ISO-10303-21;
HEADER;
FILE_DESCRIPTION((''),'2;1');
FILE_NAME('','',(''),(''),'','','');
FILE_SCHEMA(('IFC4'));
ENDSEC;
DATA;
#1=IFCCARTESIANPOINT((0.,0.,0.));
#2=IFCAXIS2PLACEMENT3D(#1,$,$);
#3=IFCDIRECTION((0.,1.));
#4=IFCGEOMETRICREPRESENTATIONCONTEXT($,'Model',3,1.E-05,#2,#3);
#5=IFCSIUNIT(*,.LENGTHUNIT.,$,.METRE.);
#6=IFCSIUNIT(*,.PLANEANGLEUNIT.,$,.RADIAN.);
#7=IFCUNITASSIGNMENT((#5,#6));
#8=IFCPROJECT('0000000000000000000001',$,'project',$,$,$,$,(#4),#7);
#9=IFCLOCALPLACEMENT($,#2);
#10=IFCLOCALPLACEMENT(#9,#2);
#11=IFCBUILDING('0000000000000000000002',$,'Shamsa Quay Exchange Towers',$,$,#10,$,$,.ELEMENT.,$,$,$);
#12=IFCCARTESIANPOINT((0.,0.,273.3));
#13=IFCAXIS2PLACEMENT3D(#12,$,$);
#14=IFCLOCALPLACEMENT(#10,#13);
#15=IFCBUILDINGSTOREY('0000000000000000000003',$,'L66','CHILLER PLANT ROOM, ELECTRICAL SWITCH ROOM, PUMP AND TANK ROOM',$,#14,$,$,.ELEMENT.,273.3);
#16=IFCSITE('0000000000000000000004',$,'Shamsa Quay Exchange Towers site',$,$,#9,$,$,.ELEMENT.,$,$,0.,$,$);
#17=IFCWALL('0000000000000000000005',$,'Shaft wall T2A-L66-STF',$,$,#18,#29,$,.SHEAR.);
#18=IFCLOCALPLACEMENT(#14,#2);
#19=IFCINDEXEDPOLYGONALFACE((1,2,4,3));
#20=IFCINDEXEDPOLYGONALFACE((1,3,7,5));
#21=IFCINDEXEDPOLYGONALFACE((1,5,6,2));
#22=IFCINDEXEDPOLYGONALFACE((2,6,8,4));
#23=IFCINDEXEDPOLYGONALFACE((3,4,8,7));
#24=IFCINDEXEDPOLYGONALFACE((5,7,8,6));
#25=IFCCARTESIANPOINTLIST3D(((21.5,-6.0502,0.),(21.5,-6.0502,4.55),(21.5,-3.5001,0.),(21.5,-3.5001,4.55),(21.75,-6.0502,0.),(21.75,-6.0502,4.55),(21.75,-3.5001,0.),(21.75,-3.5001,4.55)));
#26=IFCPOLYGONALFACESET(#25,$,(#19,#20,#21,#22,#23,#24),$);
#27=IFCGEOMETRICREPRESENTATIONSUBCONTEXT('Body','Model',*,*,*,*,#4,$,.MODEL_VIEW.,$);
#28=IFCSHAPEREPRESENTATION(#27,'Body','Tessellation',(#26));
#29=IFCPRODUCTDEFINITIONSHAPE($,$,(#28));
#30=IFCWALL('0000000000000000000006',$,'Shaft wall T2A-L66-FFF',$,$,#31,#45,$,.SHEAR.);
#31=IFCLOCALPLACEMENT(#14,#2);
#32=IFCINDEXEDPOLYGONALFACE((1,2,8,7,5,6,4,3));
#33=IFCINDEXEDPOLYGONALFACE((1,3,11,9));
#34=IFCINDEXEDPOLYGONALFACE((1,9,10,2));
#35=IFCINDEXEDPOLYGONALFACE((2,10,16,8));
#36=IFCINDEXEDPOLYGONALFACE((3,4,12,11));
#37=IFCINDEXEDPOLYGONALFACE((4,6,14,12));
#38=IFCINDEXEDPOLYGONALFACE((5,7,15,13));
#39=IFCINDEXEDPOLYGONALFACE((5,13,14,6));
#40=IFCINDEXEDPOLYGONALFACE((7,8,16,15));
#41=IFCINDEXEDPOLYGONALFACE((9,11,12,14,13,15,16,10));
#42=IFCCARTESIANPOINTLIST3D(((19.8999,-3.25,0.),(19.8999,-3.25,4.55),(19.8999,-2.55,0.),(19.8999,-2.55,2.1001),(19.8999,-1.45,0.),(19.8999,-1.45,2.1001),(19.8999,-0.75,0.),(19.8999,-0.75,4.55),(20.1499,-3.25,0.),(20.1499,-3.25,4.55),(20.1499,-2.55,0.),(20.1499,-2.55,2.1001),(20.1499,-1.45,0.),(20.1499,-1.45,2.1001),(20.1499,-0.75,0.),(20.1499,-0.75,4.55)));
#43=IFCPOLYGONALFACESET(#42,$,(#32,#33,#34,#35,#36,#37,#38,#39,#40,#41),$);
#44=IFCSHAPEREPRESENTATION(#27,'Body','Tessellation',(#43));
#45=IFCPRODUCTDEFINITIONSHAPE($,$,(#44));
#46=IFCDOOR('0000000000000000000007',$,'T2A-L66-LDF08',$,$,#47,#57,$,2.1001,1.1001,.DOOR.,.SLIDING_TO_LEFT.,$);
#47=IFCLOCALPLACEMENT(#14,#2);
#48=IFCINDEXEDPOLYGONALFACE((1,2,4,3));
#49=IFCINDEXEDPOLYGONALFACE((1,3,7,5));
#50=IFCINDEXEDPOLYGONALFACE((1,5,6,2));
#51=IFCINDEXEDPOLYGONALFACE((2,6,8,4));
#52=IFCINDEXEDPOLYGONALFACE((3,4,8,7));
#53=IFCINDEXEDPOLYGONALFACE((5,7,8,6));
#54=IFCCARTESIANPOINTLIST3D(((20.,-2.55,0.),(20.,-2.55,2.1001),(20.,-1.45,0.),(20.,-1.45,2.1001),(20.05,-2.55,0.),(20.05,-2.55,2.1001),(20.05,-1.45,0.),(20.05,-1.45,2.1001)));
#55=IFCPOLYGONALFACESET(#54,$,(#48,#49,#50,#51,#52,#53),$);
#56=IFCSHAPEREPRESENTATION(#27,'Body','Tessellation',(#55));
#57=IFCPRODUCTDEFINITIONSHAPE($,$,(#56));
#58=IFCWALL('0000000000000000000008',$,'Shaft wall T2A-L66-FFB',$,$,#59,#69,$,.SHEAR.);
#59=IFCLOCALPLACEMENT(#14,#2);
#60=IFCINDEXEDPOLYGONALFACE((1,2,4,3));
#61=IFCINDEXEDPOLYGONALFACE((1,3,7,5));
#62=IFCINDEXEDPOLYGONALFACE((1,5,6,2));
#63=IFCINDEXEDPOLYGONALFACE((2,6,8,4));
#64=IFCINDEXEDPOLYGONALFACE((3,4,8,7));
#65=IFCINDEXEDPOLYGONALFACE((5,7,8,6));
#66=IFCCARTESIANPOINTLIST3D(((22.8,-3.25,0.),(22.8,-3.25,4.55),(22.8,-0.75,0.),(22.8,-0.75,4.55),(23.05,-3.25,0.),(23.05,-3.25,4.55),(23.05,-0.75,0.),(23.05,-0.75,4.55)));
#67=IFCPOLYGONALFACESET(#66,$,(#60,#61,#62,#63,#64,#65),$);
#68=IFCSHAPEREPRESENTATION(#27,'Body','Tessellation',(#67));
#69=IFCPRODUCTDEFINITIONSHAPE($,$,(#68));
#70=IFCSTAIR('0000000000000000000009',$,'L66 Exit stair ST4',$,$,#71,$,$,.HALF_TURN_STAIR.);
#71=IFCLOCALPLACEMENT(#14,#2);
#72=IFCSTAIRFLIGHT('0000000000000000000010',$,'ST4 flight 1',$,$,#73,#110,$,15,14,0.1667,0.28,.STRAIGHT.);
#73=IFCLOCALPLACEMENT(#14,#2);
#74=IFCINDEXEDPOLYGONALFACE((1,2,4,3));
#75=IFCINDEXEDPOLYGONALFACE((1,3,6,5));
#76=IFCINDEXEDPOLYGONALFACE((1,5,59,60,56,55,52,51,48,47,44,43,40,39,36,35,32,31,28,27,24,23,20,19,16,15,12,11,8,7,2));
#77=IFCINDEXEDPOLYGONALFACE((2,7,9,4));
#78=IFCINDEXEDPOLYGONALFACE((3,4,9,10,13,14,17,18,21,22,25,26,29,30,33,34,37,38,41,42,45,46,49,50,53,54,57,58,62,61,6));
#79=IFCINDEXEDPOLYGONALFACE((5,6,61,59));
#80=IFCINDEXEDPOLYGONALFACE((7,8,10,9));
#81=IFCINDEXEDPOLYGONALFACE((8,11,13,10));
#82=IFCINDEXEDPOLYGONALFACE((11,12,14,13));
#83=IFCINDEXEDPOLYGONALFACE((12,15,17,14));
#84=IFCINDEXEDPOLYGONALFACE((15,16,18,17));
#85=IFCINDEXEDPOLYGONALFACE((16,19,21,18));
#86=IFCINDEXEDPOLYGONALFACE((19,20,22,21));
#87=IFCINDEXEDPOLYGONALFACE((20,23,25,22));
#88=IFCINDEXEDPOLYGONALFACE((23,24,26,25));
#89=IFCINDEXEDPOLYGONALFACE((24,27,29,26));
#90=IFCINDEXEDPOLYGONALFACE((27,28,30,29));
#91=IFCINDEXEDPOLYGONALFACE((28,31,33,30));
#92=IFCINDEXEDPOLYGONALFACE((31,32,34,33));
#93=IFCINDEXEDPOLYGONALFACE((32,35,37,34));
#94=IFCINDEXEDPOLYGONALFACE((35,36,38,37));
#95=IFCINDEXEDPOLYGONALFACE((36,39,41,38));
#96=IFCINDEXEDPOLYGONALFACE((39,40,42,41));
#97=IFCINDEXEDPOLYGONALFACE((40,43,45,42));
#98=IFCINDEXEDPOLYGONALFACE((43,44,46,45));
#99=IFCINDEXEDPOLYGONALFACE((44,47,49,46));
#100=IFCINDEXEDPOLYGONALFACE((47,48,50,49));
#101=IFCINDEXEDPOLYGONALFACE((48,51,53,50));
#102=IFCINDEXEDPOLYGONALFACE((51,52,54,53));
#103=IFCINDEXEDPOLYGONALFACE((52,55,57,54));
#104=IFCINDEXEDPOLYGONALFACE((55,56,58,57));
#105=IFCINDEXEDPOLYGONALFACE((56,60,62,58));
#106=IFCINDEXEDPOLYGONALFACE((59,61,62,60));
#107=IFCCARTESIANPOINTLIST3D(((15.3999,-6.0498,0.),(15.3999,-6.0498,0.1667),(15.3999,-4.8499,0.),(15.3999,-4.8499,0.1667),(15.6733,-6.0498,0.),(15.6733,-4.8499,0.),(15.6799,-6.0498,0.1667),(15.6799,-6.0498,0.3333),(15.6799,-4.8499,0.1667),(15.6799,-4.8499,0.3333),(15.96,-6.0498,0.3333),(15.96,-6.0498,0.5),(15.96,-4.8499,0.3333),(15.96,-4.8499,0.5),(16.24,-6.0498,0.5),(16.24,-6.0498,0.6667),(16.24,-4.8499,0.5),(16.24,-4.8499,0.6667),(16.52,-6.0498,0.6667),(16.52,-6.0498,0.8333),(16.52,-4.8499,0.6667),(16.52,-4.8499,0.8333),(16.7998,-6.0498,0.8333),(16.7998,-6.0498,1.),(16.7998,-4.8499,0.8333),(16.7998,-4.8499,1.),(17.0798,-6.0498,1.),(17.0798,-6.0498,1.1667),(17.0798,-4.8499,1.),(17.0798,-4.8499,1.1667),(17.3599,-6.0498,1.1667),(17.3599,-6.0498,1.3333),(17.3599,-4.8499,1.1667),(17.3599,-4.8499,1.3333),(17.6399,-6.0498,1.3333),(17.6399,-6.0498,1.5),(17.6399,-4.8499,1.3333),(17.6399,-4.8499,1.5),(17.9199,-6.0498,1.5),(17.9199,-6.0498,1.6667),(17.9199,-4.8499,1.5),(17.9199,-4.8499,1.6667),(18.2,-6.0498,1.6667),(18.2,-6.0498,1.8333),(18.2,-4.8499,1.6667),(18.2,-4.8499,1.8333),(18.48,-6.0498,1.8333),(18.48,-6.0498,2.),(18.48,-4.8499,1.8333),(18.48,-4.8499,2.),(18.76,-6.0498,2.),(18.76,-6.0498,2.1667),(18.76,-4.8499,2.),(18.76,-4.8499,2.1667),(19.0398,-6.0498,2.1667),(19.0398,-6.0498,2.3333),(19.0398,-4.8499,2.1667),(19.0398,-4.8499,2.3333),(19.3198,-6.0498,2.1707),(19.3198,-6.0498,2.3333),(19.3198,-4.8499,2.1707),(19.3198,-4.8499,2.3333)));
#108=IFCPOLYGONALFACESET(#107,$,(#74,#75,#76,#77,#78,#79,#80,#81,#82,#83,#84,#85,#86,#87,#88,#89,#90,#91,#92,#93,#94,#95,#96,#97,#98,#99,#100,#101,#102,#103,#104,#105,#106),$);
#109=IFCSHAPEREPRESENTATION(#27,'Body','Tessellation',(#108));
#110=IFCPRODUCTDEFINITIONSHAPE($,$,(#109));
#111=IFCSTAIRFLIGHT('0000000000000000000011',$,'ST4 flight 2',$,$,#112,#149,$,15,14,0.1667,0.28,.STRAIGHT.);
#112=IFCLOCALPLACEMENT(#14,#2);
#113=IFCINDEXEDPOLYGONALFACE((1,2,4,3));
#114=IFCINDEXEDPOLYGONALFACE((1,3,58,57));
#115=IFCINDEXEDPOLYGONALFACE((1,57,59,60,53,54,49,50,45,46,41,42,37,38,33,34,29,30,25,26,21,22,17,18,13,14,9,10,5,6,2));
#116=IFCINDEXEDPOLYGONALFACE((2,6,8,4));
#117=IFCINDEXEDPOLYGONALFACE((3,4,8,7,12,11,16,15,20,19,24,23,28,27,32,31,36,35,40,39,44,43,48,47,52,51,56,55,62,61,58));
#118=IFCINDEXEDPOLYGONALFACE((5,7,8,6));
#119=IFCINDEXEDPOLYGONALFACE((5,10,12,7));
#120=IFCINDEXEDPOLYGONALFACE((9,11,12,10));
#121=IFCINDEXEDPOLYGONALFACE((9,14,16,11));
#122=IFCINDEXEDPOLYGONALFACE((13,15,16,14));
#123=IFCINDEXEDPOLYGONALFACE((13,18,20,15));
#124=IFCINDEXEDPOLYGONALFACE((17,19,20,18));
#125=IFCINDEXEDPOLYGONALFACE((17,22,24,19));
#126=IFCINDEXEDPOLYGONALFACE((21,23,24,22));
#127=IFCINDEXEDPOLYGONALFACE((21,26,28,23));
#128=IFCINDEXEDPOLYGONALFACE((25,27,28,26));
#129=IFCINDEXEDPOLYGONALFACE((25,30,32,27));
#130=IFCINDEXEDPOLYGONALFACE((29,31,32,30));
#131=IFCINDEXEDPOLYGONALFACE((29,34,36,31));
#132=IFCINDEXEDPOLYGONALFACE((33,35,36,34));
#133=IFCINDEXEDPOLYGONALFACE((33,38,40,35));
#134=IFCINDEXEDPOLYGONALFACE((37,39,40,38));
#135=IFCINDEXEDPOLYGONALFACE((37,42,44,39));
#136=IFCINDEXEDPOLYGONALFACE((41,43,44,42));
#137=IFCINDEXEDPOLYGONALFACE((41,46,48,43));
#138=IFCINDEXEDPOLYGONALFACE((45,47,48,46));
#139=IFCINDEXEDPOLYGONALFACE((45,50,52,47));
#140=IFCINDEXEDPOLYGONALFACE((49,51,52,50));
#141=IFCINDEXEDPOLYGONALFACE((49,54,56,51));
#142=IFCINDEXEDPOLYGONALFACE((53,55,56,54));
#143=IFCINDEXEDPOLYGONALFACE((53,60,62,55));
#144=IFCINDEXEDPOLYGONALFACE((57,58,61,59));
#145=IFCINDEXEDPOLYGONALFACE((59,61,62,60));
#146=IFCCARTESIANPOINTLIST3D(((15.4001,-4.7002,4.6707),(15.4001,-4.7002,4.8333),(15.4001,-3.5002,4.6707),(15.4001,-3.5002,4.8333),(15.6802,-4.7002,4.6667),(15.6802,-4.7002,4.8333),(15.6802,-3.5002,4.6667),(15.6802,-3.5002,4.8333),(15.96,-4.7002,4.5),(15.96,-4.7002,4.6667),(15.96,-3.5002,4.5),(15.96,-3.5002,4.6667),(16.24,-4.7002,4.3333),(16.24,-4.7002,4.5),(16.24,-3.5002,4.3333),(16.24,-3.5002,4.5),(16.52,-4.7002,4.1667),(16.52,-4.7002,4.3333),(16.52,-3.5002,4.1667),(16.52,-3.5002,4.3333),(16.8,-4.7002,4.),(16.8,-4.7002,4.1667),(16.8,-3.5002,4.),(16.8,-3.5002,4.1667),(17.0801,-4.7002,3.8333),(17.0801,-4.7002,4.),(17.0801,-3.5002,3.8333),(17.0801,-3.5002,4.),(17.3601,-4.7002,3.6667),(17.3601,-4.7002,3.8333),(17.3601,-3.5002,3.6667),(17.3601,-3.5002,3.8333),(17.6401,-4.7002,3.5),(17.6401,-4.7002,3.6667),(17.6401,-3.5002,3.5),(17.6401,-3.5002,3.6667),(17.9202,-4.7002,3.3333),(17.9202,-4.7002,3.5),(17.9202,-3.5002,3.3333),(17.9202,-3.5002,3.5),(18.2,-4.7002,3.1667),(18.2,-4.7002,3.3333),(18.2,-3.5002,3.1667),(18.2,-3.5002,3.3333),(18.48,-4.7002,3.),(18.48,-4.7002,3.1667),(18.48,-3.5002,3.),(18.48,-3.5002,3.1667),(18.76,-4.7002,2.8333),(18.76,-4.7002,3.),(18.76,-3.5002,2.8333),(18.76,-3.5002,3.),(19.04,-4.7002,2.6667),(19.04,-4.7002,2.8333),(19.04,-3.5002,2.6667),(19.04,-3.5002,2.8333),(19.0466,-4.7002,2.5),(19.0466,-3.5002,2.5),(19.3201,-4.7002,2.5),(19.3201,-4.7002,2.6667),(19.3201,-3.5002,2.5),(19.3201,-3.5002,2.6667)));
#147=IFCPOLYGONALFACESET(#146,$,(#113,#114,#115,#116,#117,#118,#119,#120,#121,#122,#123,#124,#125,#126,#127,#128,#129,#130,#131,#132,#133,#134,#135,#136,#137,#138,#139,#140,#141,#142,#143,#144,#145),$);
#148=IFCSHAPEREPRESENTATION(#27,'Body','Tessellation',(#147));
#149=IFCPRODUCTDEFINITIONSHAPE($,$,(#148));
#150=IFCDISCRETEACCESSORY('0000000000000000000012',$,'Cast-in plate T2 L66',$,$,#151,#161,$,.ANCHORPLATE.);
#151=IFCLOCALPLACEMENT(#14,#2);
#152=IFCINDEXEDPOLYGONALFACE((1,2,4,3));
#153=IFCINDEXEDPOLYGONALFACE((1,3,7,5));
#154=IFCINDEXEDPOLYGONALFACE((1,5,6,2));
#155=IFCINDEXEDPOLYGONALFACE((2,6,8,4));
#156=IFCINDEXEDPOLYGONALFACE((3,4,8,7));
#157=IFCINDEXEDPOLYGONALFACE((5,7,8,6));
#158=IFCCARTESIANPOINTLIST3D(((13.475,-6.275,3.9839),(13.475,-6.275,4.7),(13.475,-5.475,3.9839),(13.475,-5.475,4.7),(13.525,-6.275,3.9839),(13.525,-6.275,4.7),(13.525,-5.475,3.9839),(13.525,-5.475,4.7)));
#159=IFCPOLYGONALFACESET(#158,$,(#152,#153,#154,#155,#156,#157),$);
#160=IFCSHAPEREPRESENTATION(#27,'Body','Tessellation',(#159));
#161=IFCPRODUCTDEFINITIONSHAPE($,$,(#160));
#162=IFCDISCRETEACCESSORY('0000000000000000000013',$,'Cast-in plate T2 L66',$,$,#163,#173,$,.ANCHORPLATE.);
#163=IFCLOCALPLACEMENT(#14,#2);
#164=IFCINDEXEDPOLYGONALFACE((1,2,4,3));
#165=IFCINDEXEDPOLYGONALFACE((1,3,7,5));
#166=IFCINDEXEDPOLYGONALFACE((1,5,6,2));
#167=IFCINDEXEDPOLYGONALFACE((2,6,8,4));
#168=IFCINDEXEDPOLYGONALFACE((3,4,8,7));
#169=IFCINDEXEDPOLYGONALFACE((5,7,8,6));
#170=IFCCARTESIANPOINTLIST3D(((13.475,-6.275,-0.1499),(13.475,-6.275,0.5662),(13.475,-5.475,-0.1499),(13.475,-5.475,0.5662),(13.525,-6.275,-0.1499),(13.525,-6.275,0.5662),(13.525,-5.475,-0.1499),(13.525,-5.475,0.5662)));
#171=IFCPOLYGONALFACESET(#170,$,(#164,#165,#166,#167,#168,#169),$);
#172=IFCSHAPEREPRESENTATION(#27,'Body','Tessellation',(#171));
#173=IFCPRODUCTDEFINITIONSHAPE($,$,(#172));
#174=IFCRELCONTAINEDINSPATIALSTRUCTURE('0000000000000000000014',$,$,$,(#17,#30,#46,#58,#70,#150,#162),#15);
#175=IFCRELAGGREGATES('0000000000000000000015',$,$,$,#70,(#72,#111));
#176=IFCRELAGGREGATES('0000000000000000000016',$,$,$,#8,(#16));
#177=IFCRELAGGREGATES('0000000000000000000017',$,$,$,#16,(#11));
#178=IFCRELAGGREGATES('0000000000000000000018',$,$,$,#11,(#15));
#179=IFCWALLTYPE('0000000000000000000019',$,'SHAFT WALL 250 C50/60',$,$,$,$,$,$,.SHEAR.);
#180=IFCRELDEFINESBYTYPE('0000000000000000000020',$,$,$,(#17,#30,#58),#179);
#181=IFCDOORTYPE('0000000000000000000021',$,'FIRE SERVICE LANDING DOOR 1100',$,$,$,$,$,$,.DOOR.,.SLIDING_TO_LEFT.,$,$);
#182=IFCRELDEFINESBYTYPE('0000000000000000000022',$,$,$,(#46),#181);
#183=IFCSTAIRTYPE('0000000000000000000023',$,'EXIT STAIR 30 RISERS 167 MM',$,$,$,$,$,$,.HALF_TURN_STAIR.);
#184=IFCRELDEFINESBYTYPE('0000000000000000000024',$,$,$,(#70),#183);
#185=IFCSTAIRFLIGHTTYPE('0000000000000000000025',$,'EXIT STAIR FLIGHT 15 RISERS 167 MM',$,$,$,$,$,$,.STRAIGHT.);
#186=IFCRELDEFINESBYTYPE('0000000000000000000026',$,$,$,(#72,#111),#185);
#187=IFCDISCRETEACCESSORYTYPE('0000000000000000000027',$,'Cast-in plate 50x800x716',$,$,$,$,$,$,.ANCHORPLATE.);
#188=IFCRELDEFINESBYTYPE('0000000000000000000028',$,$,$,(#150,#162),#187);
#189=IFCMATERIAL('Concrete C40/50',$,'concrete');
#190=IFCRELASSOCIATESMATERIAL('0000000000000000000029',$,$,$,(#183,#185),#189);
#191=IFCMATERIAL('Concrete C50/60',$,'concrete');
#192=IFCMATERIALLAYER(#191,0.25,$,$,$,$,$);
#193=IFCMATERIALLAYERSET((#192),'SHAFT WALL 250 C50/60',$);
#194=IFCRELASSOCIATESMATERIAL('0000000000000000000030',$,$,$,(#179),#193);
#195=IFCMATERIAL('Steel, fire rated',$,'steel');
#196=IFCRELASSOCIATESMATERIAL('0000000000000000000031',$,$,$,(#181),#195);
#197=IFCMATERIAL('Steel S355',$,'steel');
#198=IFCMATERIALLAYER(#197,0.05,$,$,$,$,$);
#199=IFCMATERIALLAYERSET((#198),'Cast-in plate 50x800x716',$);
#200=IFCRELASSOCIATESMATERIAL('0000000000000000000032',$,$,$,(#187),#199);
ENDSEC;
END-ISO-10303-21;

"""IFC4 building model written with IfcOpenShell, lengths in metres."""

from ifc_helpers import new_model, si_unit, direction, frame, frame_2d, origin, origin_2d, place, context, subcontext, project, spatial, polyline, rectangle, outline, extrude, material, layer, layer_set, type_object, element, fill, aggregate, save


model = new_model("IFC4")

# Units and contexts
model_context = context("Model", 3, precision=1e-05, world=origin(), true_north=direction((0.0, 1.0)))
body_context = subcontext(model_context, "Body", "Model", "MODEL_VIEW")
ifc_project = project(units=[si_unit("LENGTHUNIT", "METRE"), si_unit("PLANEANGLEUNIT", "RADIAN")], contexts=[model_context])

# Site, building, storey
site_placement = place(None, origin())
site = spatial("IfcSite", under=ifc_project, at=site_placement, Name="Shamsa Quay Exchange Towers site", CompositionType="ELEMENT", RefElevation=0.0)
building_placement = place(site_placement, origin())
building = spatial("IfcBuilding", under=site, at=building_placement, Name="Shamsa Quay Exchange Towers", CompositionType="ELEMENT")
storey_placement = place(building_placement, frame((0.0, 0.0, 273.3)))
storey = spatial("IfcBuildingStorey", under=building, at=storey_placement, Name="L66", Description="CHILLER PLANT ROOM, ELECTRICAL SWITCH ROOM, PUMP AND TANK ROOM", CompositionType="ELEMENT", Elevation=273.3)

# Shared definitions
ifc_material_1 = material(Name="Steel S355", Category="steel")

# Shared definitions
ifc_material_2 = material(Name="Concrete C50/60", Category="concrete")

# Shared definitions
ifc_material_3 = material(Name="Concrete C40/50", Category="concrete")
stair_type = type_object("IfcStairType", Name="EXIT STAIR 30 RISERS 167 MM", PredefinedType="HALF_TURN_STAIR", material=ifc_material_3)

# Wall
ifc_layer_1 = layer(ifc_material_2, 0.25)
ifc_layer_set_1 = layer_set([ifc_layer_1], Name="SHAFT WALL 250 C50/60")
wall_type_1 = type_object("IfcWallType", Name="SHAFT WALL 250 C50/60", PredefinedType="SHEAR", material=ifc_layer_set_1)
wall_1_placement = place(storey_placement, frame((21.625, -6.05, 0.0), z_axis=(0.0, 0.0, 1.0), x_axis=(0.0, 1.0, 0.0)))
element("IfcWall", 1, at=wall_1_placement, inside=storey, type_object=wall_type_1, Name="Shaft wall T2A-L66-STF", PredefinedType="SHEAR", context=body_context, shape_type="SweptSolid", body=[
    extrude(rectangle(XDim=2.55, YDim=0.25, at=frame_2d((1.2749, 0.0))), origin(), (0.0, 0.0, 1.0), 4.55),
])

# Wall, opening, door
wall_2_placement = place(storey_placement, frame((20.0249, -3.25, 0.0), z_axis=(0.0, 0.0, 1.0), x_axis=(0.0, 1.0, 0.0)))
wall_2 = element("IfcWall", 2, at=wall_2_placement, inside=storey, type_object=wall_type_1, Name="Shaft wall T2A-L66-FFF", PredefinedType="SHEAR", context=body_context, shape_type="SweptSolid", body=[
    extrude(rectangle(XDim=2.5, YDim=0.25, at=frame_2d((1.25, 0.0))), origin(), (0.0, 0.0, 1.0), 4.55),
])
opening_placement = place(wall_2_placement, frame((0.7, 0.0, 0.0)))
opening = element("IfcOpeningElement", 3, at=opening_placement, cuts=wall_2, PredefinedType="OPENING", context=body_context, shape_type="SweptSolid", body=[
    extrude(rectangle(XDim=1.1001, YDim=2.1001, at=frame_2d((0.55, 1.05))), frame((0.0, 0.135, 0.0), z_axis=(0.0, -1.0, 0.0), x_axis=(1.0, 0.0, 0.0)), (0.0, 0.0, 1.0), 0.27),
])
ifc_material_4 = material(Name="Steel, fire rated", Category="steel")
door_type = type_object("IfcDoorType", Name="FIRE SERVICE LANDING DOOR 1100", OperationType="SLIDING_TO_LEFT", PredefinedType="DOOR", material=ifc_material_4)
door_placement = place(opening_placement, origin())
door = element("IfcDoor", 4, at=door_placement, inside=storey, type_object=door_type, Name="T2A-L66-LDF08", OperationType="SLIDING_TO_LEFT", OverallHeight=2.1001, OverallWidth=1.1001, PredefinedType="DOOR", context=body_context, shape_type="SweptSolid", body=[
    extrude(rectangle(XDim=1.1001, YDim=2.1001, at=frame_2d((0.55, 1.05))), frame((0.0, 0.0249, 0.0), z_axis=(0.0, -1.0, 0.0), x_axis=(1.0, 0.0, 0.0)), (0.0, 0.0, 1.0), 0.05),
])
fill(opening, door)

# Wall
wall_3_placement = place(storey_placement, frame((22.925, -3.25, 0.0), z_axis=(0.0, 0.0, 1.0), x_axis=(0.0, 1.0, 0.0)))
element("IfcWall", 5, at=wall_3_placement, inside=storey, type_object=wall_type_1, Name="Shaft wall T2A-L66-FFB", PredefinedType="SHEAR", context=body_context, shape_type="SweptSolid", body=[
    extrude(rectangle(XDim=2.5, YDim=0.25, at=frame_2d((1.25, 0.0))), origin(), (0.0, 0.0, 1.0), 4.55),
])

# Stair, stair flights
stair_1_placement = place(storey_placement, origin())
stair_1 = element("IfcStair", 6, at=stair_1_placement, inside=storey, type_object=stair_type, Name="L66 Exit stair ST4", PredefinedType="HALF_TURN_STAIR")
stair_flight_type = type_object("IfcStairFlightType", Name="EXIT STAIR FLIGHT 15 RISERS 167 MM", PredefinedType="STRAIGHT", material=ifc_material_3)
stair_flight_1_placement = place(storey_placement, frame((15.3999, -5.45, 0.0)))
stair_flight_1 = element("IfcStairFlight", 7, at=stair_flight_1_placement, type_object=stair_flight_type, Name="ST4 flight 1", NumberOfRisers=15, NumberOfTreads=14, PredefinedType="STRAIGHT", RiserHeight=0.1667, TreadLength=0.28, context=body_context, shape_type="SweptSolid", body=[
    extrude(outline(polyline([(0.0, 0.0), (0.0, 0.1667), (0.28, 0.1667), (0.28, 0.3333), (0.5601, 0.3333), (0.5601, 0.5), (0.8401, 0.5), (0.8401, 0.6667), (1.1201, 0.6667), (1.1201, 0.8333), (1.3999, 0.8333), (1.3999, 1.0), (1.6799, 1.0), (1.6799, 1.1667), (1.96, 1.1667), (1.96, 1.3333), (2.24, 1.3333), (2.24, 1.5), (2.52, 1.5), (2.52, 1.6667), (2.8, 1.6667), (2.8, 1.8333), (3.0801, 1.8333), (3.0801, 2.0), (3.3601, 2.0), (3.3601, 2.1667), (3.6399, 2.1667), (3.6399, 2.3333), (3.9199, 2.3333), (3.9199, 2.5), (3.9199, 2.1707), (0.2734, 0.0), (0.0, 0.0)])), frame((0.0, 0.6001, 0.0), z_axis=(0.0, -1.0, 0.0), x_axis=(1.0, 0.0, 0.0)), (0.0, 0.0, 1.0), 1.2),
])
stair_flight_2_placement = place(storey_placement, frame((19.3201, -4.1001, 2.5), z_axis=(0.0, 0.0, 1.0), x_axis=(-1.0, 0.0, 0.0)))
stair_flight_2 = element("IfcStairFlight", 8, at=stair_flight_2_placement, type_object=stair_flight_type, Name="ST4 flight 2", NumberOfRisers=15, NumberOfTreads=14, PredefinedType="STRAIGHT", RiserHeight=0.1667, TreadLength=0.28, context=body_context, shape_type="SweptSolid", body=[
    extrude(outline(polyline([(0.0, 0.0), (0.0, 0.1667), (0.28, 0.1667), (0.28, 0.3333), (0.5601, 0.3333), (0.5601, 0.5), (0.8401, 0.5), (0.8401, 0.6667), (1.1201, 0.6667), (1.1201, 0.8333), (1.3999, 0.8333), (1.3999, 1.0), (1.6799, 1.0), (1.6799, 1.1667), (1.96, 1.1667), (1.96, 1.3333), (2.24, 1.3333), (2.24, 1.5), (2.52, 1.5), (2.52, 1.6667), (2.8, 1.6667), (2.8, 1.8333), (3.0801, 1.8333), (3.0801, 2.0), (3.3601, 2.0), (3.3601, 2.1667), (3.6399, 2.1667), (3.6399, 2.3333), (3.9199, 2.3333), (3.9199, 2.5), (3.9199, 2.1707), (0.2734, 0.0), (0.0, 0.0)])), frame((0.0, 0.6001, 0.0), z_axis=(0.0, -1.0, 0.0), x_axis=(1.0, 0.0, 0.0)), (0.0, 0.0, 1.0), 1.2),
])
aggregate(stair_1, [stair_flight_1, stair_flight_2])

# Discrete accessories
ifc_layer_2 = layer(ifc_material_1, 0.05)
ifc_layer_set_2 = layer_set([ifc_layer_2], Name="Cast-in plate 50x800x716")
discrete_accessory_type_1 = type_object("IfcDiscreteAccessoryType", Name="Cast-in plate 50x800x716", PredefinedType="ANCHORPLATE", material=ifc_layer_set_2)
for number, where, name in (
    (9, (13.5, -5.875, 3.9839), "Cast-in plate T2 L66"),
    (10, (13.5, -5.875, -0.1499), "Cast-in plate T2 L66"),
):
    element("IfcDiscreteAccessory", number, at=place(storey_placement, frame(where)), inside=storey, type_object=discrete_accessory_type_1, Name=name, PredefinedType="ANCHORPLATE", context=body_context, shape_type="SweptSolid", body=[
        extrude(rectangle(XDim=0.05, YDim=0.8, at=origin_2d()), origin(), (0.0, 0.0, 1.0), 0.7161),
    ])

save(model, "model.ifc")
